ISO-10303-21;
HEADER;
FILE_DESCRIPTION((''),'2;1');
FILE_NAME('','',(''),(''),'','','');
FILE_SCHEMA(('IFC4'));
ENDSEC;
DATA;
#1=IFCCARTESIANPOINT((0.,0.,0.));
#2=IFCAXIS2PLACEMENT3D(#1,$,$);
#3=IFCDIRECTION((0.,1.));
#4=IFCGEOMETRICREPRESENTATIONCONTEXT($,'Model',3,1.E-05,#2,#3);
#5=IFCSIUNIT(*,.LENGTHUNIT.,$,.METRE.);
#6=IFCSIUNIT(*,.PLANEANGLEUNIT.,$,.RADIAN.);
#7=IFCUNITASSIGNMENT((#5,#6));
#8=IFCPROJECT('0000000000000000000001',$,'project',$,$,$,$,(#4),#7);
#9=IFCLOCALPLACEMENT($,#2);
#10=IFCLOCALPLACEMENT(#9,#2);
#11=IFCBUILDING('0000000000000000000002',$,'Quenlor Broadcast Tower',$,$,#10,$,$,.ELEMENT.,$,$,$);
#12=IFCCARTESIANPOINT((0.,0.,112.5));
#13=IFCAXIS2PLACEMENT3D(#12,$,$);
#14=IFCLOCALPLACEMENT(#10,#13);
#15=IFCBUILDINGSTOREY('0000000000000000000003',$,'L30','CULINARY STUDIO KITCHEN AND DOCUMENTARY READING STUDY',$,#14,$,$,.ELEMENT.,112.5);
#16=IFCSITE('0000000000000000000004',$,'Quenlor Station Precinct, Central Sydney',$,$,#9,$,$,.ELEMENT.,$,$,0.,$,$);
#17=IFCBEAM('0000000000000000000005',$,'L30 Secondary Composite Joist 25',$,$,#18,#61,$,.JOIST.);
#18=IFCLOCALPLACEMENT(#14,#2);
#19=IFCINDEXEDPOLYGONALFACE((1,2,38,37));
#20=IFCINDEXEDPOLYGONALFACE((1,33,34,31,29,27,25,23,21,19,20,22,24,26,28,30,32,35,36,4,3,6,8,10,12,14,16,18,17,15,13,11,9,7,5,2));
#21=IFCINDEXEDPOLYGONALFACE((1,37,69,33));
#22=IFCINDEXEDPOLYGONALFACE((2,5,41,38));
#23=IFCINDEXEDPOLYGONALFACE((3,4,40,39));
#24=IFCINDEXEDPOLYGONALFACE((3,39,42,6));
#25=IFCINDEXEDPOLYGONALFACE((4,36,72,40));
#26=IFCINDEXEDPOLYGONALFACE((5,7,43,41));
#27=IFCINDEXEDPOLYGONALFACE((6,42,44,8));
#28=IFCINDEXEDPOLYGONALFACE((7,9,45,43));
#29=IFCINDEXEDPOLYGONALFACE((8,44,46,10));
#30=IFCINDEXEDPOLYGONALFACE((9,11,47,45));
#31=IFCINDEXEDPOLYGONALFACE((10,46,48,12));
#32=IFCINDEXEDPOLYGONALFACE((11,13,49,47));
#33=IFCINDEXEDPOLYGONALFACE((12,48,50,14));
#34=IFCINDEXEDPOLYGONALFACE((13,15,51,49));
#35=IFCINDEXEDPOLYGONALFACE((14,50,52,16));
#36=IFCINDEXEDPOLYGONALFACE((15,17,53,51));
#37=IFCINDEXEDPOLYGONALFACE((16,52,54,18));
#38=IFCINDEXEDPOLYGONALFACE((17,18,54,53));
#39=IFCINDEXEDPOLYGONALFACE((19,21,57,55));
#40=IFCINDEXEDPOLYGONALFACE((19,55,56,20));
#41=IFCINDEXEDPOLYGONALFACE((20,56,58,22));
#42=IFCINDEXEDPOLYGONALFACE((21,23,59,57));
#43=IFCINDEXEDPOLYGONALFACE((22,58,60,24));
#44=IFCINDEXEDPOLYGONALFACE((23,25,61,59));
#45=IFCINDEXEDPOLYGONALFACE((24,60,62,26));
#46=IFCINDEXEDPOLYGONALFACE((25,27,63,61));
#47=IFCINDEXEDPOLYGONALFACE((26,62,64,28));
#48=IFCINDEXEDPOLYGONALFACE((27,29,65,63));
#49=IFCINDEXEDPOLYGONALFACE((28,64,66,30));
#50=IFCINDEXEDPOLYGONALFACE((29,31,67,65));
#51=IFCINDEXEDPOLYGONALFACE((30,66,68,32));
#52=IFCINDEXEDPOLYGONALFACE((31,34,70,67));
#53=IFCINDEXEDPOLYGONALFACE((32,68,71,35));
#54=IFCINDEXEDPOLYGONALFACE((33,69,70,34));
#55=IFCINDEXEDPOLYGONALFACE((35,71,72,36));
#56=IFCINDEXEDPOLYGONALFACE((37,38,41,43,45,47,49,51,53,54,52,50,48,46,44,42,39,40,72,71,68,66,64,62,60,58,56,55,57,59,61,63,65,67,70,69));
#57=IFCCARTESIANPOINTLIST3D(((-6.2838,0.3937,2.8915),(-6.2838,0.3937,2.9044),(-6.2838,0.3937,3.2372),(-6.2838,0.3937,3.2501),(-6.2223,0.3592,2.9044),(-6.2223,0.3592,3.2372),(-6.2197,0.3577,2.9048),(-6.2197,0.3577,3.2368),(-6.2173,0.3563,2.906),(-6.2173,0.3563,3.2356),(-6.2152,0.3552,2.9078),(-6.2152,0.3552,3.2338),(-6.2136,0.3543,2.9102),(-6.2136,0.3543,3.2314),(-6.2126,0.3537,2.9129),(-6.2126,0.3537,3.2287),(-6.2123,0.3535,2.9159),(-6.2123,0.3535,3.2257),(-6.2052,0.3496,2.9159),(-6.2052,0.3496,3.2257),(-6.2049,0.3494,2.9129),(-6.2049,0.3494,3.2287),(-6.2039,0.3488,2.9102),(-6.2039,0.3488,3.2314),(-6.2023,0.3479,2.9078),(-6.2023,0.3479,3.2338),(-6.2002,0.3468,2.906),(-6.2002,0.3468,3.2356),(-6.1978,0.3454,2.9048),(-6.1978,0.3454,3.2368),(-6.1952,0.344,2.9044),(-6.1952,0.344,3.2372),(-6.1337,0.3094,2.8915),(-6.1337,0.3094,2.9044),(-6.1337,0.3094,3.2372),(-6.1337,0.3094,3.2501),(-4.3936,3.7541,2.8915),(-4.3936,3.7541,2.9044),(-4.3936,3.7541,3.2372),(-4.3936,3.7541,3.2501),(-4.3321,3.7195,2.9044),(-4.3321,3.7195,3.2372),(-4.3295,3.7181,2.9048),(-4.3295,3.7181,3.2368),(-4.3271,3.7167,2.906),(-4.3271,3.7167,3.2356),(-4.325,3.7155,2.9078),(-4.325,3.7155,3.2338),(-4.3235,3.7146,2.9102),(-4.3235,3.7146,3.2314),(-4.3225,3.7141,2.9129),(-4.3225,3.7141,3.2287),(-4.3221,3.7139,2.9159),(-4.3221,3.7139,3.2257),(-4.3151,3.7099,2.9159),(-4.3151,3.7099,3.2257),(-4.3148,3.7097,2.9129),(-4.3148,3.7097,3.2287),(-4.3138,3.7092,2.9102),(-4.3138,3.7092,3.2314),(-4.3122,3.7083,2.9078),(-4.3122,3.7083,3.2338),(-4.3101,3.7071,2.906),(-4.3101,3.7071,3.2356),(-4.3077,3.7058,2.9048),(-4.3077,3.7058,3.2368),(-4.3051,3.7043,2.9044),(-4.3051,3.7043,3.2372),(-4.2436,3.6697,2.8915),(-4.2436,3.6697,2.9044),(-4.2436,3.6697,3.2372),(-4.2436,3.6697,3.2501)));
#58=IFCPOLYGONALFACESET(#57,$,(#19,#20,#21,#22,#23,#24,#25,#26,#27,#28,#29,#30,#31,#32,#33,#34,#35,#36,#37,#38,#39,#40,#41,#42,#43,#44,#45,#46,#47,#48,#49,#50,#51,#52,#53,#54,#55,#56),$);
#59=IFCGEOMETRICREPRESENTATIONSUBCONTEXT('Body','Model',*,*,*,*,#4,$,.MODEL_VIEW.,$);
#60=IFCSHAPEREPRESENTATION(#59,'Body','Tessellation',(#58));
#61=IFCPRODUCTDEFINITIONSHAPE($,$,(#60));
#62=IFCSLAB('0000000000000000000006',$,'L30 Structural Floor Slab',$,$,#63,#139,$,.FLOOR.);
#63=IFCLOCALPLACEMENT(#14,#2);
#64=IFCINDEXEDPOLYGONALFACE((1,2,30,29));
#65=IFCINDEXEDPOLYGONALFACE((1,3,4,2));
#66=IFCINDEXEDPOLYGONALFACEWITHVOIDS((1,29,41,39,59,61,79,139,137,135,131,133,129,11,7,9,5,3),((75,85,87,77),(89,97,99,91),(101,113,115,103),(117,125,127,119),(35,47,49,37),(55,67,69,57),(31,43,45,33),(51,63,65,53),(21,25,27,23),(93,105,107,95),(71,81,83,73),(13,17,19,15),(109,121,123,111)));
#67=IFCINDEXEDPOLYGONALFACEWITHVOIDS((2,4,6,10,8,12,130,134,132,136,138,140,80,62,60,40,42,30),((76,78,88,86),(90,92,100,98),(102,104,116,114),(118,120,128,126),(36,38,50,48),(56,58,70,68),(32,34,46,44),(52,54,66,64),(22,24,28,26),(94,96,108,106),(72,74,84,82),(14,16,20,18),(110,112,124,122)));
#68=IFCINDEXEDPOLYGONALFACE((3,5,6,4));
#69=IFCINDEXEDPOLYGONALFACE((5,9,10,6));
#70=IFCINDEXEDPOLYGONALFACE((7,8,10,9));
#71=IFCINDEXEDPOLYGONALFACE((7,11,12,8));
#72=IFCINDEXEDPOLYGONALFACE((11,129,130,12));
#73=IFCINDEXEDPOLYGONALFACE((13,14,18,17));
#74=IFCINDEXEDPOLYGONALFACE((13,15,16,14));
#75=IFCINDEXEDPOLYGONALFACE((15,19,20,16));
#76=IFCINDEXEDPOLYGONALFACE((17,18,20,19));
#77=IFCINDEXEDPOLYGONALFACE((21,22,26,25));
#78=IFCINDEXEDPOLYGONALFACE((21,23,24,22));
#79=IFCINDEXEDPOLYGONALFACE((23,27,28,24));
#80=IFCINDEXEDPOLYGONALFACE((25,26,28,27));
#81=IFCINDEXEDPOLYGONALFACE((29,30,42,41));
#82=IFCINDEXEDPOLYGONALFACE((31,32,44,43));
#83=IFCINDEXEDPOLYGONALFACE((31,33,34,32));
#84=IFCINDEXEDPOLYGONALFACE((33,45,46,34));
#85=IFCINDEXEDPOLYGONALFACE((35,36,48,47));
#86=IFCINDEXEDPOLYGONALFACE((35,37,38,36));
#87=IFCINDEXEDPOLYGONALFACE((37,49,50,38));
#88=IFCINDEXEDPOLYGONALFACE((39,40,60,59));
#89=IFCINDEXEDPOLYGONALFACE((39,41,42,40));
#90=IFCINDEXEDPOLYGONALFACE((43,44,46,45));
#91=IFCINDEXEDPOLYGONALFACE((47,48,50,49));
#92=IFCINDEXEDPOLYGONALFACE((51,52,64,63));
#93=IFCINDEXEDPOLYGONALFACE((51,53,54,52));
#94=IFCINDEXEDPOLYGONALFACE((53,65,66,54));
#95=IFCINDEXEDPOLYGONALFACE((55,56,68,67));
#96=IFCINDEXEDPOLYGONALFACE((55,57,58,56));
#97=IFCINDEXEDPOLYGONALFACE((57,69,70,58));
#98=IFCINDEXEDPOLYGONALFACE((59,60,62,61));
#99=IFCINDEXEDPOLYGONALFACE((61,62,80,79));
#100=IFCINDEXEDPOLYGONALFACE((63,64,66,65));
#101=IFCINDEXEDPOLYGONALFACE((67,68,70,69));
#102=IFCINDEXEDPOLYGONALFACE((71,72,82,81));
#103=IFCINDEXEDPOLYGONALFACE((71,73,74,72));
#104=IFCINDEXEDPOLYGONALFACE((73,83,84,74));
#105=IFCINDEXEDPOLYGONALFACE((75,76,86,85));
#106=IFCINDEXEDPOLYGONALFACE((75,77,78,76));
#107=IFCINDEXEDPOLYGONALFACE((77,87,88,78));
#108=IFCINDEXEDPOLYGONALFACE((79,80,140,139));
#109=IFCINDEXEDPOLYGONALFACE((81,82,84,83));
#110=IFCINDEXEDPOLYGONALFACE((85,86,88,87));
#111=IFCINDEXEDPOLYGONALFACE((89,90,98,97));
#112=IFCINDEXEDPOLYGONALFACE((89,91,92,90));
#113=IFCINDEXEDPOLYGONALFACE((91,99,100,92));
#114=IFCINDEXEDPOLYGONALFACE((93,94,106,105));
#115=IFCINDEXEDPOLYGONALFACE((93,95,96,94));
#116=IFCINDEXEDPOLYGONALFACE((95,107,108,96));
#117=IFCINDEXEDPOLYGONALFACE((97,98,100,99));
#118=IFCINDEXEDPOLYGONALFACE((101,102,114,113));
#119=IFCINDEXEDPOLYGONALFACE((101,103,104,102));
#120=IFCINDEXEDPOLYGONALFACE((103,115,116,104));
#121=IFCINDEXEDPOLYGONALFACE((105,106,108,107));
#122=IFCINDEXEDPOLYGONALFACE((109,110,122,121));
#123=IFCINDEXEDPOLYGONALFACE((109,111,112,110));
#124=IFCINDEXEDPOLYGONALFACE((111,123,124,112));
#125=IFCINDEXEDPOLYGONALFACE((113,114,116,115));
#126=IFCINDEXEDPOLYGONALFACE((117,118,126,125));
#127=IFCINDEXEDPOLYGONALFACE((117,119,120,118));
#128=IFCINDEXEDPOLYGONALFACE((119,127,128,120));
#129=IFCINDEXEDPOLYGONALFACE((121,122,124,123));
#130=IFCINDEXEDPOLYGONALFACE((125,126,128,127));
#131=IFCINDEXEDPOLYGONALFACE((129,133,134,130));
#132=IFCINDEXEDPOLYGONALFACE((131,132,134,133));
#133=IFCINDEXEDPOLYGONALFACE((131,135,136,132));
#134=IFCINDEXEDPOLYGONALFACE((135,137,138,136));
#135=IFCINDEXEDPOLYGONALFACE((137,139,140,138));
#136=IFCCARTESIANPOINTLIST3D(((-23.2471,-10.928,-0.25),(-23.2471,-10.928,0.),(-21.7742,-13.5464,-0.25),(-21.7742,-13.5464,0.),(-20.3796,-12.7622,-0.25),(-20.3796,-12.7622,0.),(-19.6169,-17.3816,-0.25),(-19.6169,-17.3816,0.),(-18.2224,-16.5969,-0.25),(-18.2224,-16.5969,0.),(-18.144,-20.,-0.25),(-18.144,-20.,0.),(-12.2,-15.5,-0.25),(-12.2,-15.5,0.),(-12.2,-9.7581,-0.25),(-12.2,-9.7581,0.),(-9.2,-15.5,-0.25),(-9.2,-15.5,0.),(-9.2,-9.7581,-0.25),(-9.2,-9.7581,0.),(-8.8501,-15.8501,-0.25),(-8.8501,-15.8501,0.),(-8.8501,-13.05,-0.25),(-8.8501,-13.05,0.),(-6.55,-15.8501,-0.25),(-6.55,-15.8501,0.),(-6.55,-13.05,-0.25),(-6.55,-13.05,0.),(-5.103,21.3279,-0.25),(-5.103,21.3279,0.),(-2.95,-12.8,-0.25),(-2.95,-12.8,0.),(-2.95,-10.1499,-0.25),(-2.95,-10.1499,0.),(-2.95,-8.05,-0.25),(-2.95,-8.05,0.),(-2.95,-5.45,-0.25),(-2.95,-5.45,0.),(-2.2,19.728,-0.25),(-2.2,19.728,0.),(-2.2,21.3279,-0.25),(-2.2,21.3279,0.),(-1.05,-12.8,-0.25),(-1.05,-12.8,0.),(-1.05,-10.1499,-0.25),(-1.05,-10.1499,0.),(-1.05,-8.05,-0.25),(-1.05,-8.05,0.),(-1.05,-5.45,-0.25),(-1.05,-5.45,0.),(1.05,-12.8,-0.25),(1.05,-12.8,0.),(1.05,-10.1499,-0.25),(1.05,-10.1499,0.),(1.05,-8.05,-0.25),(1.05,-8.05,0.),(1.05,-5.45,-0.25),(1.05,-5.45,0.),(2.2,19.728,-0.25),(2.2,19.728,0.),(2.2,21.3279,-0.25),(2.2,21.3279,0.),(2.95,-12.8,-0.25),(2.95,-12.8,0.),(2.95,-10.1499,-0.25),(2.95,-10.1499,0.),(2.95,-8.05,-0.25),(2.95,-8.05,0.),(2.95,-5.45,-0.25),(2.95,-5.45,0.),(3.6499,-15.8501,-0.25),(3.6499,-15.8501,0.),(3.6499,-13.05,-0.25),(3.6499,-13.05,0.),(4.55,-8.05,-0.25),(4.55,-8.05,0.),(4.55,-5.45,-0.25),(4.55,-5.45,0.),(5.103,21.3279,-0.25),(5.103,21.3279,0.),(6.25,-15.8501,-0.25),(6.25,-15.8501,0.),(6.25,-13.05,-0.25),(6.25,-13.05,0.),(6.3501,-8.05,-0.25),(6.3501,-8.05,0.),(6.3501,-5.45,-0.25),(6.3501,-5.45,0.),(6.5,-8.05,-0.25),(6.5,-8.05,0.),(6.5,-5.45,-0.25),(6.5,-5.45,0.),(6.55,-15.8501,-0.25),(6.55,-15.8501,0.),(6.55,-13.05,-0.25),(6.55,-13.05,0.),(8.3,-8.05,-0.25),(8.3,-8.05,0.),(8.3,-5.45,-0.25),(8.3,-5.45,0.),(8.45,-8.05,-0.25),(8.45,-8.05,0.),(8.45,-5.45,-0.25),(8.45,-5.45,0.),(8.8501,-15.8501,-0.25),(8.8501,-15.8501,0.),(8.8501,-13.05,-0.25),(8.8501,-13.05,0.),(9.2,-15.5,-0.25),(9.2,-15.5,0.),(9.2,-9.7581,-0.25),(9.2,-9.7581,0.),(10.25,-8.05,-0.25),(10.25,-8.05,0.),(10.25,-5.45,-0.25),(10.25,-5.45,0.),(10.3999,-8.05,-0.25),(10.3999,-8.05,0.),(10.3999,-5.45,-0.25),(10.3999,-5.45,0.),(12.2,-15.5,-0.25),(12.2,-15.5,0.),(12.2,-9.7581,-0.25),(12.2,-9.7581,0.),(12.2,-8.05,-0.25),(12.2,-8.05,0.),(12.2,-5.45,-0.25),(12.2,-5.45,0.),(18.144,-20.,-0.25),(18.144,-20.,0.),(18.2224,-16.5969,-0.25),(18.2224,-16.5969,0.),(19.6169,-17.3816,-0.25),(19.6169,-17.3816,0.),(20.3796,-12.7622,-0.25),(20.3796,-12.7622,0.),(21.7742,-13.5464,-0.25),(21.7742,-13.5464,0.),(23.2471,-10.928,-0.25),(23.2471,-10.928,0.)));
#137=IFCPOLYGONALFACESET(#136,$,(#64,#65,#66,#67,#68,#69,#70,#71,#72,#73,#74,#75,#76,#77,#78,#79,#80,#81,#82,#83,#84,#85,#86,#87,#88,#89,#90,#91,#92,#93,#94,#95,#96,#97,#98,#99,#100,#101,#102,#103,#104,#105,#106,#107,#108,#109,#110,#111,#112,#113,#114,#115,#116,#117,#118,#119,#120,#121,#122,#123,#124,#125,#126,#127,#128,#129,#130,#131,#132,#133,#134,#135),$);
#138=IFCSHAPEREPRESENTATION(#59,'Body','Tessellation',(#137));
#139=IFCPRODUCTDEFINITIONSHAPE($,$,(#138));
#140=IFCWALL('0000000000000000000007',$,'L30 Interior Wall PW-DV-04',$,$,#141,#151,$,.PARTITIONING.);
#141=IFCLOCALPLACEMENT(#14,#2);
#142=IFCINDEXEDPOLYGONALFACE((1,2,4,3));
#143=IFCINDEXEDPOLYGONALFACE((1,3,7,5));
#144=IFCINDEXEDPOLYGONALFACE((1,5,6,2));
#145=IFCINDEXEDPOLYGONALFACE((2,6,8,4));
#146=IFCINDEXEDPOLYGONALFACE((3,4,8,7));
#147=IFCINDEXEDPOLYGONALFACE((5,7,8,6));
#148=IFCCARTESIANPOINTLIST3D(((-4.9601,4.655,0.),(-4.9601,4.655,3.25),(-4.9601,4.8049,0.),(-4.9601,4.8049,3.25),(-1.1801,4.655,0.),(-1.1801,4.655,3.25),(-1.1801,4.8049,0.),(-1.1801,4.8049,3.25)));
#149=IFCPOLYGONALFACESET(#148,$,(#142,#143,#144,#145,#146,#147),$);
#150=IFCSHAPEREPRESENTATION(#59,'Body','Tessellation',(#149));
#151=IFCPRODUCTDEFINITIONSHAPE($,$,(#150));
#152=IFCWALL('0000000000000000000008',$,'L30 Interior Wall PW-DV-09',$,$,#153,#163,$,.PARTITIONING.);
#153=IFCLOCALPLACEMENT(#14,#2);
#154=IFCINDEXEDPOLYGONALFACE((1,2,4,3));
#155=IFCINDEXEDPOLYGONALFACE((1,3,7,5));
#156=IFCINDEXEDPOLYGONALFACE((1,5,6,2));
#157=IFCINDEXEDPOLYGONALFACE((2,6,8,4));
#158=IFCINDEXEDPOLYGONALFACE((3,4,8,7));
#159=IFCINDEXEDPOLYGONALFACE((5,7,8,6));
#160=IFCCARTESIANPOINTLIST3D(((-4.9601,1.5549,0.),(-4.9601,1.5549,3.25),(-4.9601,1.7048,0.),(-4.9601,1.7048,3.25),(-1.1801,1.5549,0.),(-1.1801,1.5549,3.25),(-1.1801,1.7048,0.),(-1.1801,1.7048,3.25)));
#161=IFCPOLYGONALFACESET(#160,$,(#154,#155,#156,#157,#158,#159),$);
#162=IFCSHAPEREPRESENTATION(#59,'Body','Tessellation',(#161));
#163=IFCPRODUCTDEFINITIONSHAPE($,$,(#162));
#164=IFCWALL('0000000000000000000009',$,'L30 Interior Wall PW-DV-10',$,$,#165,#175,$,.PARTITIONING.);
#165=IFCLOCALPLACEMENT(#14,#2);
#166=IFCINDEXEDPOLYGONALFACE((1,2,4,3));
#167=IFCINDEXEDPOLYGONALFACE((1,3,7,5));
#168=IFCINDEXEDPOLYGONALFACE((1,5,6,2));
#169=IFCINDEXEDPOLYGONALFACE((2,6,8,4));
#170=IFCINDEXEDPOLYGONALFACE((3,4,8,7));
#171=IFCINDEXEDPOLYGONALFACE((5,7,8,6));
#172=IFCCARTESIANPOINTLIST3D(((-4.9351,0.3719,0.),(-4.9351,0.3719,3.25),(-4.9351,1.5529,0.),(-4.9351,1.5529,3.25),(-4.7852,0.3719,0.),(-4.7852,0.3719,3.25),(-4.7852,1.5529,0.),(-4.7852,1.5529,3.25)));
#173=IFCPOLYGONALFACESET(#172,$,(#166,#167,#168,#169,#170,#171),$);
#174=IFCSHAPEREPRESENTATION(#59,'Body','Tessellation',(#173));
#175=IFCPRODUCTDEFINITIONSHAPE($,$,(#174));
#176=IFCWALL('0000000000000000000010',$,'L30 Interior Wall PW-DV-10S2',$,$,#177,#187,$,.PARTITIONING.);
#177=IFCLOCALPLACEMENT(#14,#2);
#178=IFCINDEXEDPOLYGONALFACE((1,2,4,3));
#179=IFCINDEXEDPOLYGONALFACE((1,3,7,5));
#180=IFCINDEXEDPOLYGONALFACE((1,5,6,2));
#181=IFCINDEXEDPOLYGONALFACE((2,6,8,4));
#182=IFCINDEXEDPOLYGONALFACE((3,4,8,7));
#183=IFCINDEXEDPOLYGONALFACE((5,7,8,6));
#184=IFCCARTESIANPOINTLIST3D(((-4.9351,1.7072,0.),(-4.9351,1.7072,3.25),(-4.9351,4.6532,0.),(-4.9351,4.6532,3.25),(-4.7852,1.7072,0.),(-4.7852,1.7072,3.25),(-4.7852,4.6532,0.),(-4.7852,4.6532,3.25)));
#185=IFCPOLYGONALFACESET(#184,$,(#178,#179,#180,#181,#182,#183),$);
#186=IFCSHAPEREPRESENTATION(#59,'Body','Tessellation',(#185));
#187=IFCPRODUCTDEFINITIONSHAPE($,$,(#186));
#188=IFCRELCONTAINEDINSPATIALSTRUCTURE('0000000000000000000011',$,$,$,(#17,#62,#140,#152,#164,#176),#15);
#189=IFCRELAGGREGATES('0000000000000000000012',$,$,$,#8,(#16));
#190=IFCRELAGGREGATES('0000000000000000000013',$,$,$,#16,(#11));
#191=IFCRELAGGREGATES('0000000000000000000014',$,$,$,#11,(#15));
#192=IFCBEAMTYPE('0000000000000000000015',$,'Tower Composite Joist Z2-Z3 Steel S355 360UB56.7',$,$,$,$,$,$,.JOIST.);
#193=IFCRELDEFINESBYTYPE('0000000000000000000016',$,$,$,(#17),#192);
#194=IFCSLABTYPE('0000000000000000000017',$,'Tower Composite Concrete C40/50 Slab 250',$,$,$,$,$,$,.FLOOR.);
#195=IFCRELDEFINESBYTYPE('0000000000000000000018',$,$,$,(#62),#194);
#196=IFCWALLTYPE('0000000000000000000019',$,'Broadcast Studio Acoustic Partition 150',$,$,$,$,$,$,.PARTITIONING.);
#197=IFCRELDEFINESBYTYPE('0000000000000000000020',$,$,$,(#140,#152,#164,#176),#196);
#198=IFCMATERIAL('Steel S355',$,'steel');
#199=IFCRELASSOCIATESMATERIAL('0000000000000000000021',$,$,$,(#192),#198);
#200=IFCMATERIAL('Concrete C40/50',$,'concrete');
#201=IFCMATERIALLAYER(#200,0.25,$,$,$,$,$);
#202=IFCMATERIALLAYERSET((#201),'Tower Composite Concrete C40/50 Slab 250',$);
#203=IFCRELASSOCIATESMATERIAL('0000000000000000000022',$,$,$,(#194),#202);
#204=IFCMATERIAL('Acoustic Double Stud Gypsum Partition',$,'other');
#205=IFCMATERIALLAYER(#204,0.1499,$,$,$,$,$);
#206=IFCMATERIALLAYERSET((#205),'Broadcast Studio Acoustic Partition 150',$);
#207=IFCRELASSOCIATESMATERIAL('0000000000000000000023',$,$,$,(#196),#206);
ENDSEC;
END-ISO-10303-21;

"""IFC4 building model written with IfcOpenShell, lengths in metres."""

from ifc_helpers import new_model, si_unit, direction, frame, frame_2d, origin, origin_2d, place, context, subcontext, project, spatial, polyline, rectangle, i_section, outline, extrude, material, layer, layer_set, material_profile, profile_set, type_object, element, save


model = new_model("IFC4")

# Units and contexts
model_context = context("Model", 3, precision=1e-05, world=origin(), true_north=direction((0.0, 1.0)))
body_context = subcontext(model_context, "Body", "Model", "MODEL_VIEW")
ifc_project = project(units=[si_unit("LENGTHUNIT", "METRE"), si_unit("PLANEANGLEUNIT", "RADIAN")], contexts=[model_context])

# Site, building, storey
site_placement = place(None, origin())
site = spatial("IfcSite", under=ifc_project, at=site_placement, Name="Quenlor Station Precinct, Central Sydney", CompositionType="ELEMENT", RefElevation=0.0)
building_placement = place(site_placement, origin())
building = spatial("IfcBuilding", under=site, at=building_placement, Name="Quenlor Broadcast Tower", CompositionType="ELEMENT")
storey_placement = place(building_placement, frame((0.0, 0.0, 112.5)))
storey = spatial("IfcBuildingStorey", under=building, at=storey_placement, Name="L30", Description="CULINARY STUDIO KITCHEN AND DOCUMENTARY READING STUDY", CompositionType="ELEMENT", Elevation=112.5)

# Beam
ifc_material_1 = material(Name="Steel S355", Category="steel")
ifc_material_profile = material_profile(ifc_material_1, i_section(OverallWidth=0.1721, OverallDepth=0.3586, WebThickness=0.0081, FlangeThickness=0.0129, FilletRadius=0.0115, at=origin_2d()))
ifc_profile_set = profile_set([ifc_material_profile], Name="Steel S355 360UB56.7")
beam_type = type_object("IfcBeamType", Name="Tower Composite Joist Z2-Z3 Steel S355 360UB56.7", PredefinedType="JOIST", material=ifc_profile_set)
beam_1_placement = place(storey_placement, frame((-4.3186, 3.7119, 3.0708), z_axis=(-0.490249, -0.871582, 0.0), x_axis=(0.871582, -0.490249, 0.0)))
element("IfcBeam", 1, at=beam_1_placement, inside=storey, type_object=beam_type, Name="L30 Secondary Composite Joist 25", PredefinedType="JOIST", context=body_context, shape_type="SweptSolid", body=[
    extrude(i_section(OverallWidth=0.1721, OverallDepth=0.3586, WebThickness=0.0081, FlangeThickness=0.0129, FilletRadius=0.0115, at=origin_2d()), origin(), (0.0, 0.0, 1.0), 3.8555),
])

# Slab
ifc_material_2 = material(Name="Concrete C40/50", Category="concrete")
ifc_layer_1 = layer(ifc_material_2, 0.25)
ifc_layer_set_1 = layer_set([ifc_layer_1], Name="Tower Composite Concrete C40/50 Slab 250")
slab_type = type_object("IfcSlabType", Name="Tower Composite Concrete C40/50 Slab 250", PredefinedType="FLOOR", material=ifc_layer_set_1)
slab_placement = place(storey_placement, frame((0.0, 0.0, -0.25)))
element("IfcSlab", 2, at=slab_placement, inside=storey, type_object=slab_type, Name="L30 Structural Floor Slab", PredefinedType="FLOOR", context=body_context, shape_type="SweptSolid", body=[
    extrude(outline(polyline([(18.144, -20.0), (19.6169, -17.3816), (18.2224, -16.5969), (20.3796, -12.7622), (21.7742, -13.5464), (23.2471, -10.928), (5.103, 21.3279), (2.2, 21.3279), (2.2, 19.728), (-2.2, 19.728), (-2.2, 21.3279), (-5.103, 21.3279), (-23.2471, -10.928), (-21.7742, -13.5464), (-20.3796, -12.7622), (-18.2224, -16.5969), (-19.6169, -17.3816), (-18.144, -20.0), (18.144, -20.0)]), holes=[polyline([(-12.2, -9.7581), (-12.2, -15.5), (-9.2, -15.5), (-9.2, -9.7581), (-12.2, -9.7581)]), polyline([(9.2, -9.7581), (9.2, -15.5), (12.2, -15.5), (12.2, -9.7581), (9.2, -9.7581)]), polyline([(-2.95, -8.05), (-1.05, -8.05), (-1.05, -5.45), (-2.95, -5.45), (-2.95, -8.05)]), polyline([(1.05, -8.05), (2.95, -8.05), (2.95, -5.45), (1.05, -5.45), (1.05, -8.05)]), polyline([(-2.95, -12.8), (-1.05, -12.8), (-1.05, -10.1499), (-2.95, -10.1499), (-2.95, -12.8)]), polyline([(1.05, -12.8), (2.95, -12.8), (2.95, -10.1499), (1.05, -10.1499), (1.05, -12.8)]), polyline([(4.55, -8.05), (6.3501, -8.05), (6.3501, -5.45), (4.55, -5.45), (4.55, -8.05)]), polyline([(6.5, -8.05), (8.3, -8.05), (8.3, -5.45), (6.5, -5.45), (6.5, -8.05)]), polyline([(8.45, -8.05), (10.25, -8.05), (10.25, -5.45), (8.45, -5.45), (8.45, -8.05)]), polyline([(10.3999, -8.05), (12.2, -8.05), (12.2, -5.45), (10.3999, -5.45), (10.3999, -8.05)]), polyline([(-8.8501, -15.8501), (-6.55, -15.8501), (-6.55, -13.05), (-8.8501, -13.05), (-8.8501, -15.8501)]), polyline([(6.55, -15.8501), (8.8501, -15.8501), (8.8501, -13.05), (6.55, -13.05), (6.55, -15.8501)]), polyline([(3.6499, -15.8501), (6.25, -15.8501), (6.25, -13.05), (3.6499, -13.05), (3.6499, -15.8501)])]), origin(), (0.0, 0.0, 1.0), 0.25),
])

# Walls
ifc_material_3 = material(Name="Acoustic Double Stud Gypsum Partition", Category="other")
ifc_layer_2 = layer(ifc_material_3, 0.1499)
ifc_layer_set_2 = layer_set([ifc_layer_2], Name="Broadcast Studio Acoustic Partition 150")
wall_type_1 = type_object("IfcWallType", Name="Broadcast Studio Acoustic Partition 150", PredefinedType="PARTITIONING", material=ifc_layer_set_2)
for number, where, z_axis, x_axis, name in (
    (3, (-1.1799, 4.73, 0.0), (0.0, 0.0, 1.0), (-1.0, 0.0, 0.0), "L30 Interior Wall PW-DV-04"),
    (4, (-1.1799, 1.6299, 0.0), (0.0, 0.0, 1.0), (-1.0, 0.0, 0.0), "L30 Interior Wall PW-DV-09"),
):
    element("IfcWall", number, at=place(storey_placement, frame(where, z_axis=z_axis, x_axis=x_axis)), inside=storey, type_object=wall_type_1, Name=name, PredefinedType="PARTITIONING", context=body_context, shape_type="SweptSolid", body=[
        extrude(rectangle(XDim=3.78, YDim=0.1499, at=frame_2d((1.8901, 0.0))), origin(), (0.0, 0.0, 1.0), 3.25),
    ])
wall_1_placement = place(storey_placement, frame((-4.8601, 0.3721, 0.0), z_axis=(0.0, 0.0, 1.0), x_axis=(0.0, 1.0, 0.0)))
element("IfcWall", 5, at=wall_1_placement, inside=storey, type_object=wall_type_1, Name="L30 Interior Wall PW-DV-10", PredefinedType="PARTITIONING", context=body_context, shape_type="SweptSolid", body=[
    extrude(rectangle(XDim=1.1809, YDim=0.1499, at=frame_2d((0.5903, 0.0))), origin(), (0.0, 0.0, 1.0), 3.25),
])
wall_2_placement = place(storey_placement, frame((-4.8601, 1.707, 0.0), z_axis=(0.0, 0.0, 1.0), x_axis=(0.0, 1.0, 0.0)))
element("IfcWall", 6, at=wall_2_placement, inside=storey, type_object=wall_type_1, Name="L30 Interior Wall PW-DV-10S2", PredefinedType="PARTITIONING", context=body_context, shape_type="SweptSolid", body=[
    extrude(rectangle(XDim=2.946, YDim=0.1499, at=frame_2d((1.4731, 0.0))), origin(), (0.0, 0.0, 1.0), 3.25),
])

save(model, "model.ifc")
